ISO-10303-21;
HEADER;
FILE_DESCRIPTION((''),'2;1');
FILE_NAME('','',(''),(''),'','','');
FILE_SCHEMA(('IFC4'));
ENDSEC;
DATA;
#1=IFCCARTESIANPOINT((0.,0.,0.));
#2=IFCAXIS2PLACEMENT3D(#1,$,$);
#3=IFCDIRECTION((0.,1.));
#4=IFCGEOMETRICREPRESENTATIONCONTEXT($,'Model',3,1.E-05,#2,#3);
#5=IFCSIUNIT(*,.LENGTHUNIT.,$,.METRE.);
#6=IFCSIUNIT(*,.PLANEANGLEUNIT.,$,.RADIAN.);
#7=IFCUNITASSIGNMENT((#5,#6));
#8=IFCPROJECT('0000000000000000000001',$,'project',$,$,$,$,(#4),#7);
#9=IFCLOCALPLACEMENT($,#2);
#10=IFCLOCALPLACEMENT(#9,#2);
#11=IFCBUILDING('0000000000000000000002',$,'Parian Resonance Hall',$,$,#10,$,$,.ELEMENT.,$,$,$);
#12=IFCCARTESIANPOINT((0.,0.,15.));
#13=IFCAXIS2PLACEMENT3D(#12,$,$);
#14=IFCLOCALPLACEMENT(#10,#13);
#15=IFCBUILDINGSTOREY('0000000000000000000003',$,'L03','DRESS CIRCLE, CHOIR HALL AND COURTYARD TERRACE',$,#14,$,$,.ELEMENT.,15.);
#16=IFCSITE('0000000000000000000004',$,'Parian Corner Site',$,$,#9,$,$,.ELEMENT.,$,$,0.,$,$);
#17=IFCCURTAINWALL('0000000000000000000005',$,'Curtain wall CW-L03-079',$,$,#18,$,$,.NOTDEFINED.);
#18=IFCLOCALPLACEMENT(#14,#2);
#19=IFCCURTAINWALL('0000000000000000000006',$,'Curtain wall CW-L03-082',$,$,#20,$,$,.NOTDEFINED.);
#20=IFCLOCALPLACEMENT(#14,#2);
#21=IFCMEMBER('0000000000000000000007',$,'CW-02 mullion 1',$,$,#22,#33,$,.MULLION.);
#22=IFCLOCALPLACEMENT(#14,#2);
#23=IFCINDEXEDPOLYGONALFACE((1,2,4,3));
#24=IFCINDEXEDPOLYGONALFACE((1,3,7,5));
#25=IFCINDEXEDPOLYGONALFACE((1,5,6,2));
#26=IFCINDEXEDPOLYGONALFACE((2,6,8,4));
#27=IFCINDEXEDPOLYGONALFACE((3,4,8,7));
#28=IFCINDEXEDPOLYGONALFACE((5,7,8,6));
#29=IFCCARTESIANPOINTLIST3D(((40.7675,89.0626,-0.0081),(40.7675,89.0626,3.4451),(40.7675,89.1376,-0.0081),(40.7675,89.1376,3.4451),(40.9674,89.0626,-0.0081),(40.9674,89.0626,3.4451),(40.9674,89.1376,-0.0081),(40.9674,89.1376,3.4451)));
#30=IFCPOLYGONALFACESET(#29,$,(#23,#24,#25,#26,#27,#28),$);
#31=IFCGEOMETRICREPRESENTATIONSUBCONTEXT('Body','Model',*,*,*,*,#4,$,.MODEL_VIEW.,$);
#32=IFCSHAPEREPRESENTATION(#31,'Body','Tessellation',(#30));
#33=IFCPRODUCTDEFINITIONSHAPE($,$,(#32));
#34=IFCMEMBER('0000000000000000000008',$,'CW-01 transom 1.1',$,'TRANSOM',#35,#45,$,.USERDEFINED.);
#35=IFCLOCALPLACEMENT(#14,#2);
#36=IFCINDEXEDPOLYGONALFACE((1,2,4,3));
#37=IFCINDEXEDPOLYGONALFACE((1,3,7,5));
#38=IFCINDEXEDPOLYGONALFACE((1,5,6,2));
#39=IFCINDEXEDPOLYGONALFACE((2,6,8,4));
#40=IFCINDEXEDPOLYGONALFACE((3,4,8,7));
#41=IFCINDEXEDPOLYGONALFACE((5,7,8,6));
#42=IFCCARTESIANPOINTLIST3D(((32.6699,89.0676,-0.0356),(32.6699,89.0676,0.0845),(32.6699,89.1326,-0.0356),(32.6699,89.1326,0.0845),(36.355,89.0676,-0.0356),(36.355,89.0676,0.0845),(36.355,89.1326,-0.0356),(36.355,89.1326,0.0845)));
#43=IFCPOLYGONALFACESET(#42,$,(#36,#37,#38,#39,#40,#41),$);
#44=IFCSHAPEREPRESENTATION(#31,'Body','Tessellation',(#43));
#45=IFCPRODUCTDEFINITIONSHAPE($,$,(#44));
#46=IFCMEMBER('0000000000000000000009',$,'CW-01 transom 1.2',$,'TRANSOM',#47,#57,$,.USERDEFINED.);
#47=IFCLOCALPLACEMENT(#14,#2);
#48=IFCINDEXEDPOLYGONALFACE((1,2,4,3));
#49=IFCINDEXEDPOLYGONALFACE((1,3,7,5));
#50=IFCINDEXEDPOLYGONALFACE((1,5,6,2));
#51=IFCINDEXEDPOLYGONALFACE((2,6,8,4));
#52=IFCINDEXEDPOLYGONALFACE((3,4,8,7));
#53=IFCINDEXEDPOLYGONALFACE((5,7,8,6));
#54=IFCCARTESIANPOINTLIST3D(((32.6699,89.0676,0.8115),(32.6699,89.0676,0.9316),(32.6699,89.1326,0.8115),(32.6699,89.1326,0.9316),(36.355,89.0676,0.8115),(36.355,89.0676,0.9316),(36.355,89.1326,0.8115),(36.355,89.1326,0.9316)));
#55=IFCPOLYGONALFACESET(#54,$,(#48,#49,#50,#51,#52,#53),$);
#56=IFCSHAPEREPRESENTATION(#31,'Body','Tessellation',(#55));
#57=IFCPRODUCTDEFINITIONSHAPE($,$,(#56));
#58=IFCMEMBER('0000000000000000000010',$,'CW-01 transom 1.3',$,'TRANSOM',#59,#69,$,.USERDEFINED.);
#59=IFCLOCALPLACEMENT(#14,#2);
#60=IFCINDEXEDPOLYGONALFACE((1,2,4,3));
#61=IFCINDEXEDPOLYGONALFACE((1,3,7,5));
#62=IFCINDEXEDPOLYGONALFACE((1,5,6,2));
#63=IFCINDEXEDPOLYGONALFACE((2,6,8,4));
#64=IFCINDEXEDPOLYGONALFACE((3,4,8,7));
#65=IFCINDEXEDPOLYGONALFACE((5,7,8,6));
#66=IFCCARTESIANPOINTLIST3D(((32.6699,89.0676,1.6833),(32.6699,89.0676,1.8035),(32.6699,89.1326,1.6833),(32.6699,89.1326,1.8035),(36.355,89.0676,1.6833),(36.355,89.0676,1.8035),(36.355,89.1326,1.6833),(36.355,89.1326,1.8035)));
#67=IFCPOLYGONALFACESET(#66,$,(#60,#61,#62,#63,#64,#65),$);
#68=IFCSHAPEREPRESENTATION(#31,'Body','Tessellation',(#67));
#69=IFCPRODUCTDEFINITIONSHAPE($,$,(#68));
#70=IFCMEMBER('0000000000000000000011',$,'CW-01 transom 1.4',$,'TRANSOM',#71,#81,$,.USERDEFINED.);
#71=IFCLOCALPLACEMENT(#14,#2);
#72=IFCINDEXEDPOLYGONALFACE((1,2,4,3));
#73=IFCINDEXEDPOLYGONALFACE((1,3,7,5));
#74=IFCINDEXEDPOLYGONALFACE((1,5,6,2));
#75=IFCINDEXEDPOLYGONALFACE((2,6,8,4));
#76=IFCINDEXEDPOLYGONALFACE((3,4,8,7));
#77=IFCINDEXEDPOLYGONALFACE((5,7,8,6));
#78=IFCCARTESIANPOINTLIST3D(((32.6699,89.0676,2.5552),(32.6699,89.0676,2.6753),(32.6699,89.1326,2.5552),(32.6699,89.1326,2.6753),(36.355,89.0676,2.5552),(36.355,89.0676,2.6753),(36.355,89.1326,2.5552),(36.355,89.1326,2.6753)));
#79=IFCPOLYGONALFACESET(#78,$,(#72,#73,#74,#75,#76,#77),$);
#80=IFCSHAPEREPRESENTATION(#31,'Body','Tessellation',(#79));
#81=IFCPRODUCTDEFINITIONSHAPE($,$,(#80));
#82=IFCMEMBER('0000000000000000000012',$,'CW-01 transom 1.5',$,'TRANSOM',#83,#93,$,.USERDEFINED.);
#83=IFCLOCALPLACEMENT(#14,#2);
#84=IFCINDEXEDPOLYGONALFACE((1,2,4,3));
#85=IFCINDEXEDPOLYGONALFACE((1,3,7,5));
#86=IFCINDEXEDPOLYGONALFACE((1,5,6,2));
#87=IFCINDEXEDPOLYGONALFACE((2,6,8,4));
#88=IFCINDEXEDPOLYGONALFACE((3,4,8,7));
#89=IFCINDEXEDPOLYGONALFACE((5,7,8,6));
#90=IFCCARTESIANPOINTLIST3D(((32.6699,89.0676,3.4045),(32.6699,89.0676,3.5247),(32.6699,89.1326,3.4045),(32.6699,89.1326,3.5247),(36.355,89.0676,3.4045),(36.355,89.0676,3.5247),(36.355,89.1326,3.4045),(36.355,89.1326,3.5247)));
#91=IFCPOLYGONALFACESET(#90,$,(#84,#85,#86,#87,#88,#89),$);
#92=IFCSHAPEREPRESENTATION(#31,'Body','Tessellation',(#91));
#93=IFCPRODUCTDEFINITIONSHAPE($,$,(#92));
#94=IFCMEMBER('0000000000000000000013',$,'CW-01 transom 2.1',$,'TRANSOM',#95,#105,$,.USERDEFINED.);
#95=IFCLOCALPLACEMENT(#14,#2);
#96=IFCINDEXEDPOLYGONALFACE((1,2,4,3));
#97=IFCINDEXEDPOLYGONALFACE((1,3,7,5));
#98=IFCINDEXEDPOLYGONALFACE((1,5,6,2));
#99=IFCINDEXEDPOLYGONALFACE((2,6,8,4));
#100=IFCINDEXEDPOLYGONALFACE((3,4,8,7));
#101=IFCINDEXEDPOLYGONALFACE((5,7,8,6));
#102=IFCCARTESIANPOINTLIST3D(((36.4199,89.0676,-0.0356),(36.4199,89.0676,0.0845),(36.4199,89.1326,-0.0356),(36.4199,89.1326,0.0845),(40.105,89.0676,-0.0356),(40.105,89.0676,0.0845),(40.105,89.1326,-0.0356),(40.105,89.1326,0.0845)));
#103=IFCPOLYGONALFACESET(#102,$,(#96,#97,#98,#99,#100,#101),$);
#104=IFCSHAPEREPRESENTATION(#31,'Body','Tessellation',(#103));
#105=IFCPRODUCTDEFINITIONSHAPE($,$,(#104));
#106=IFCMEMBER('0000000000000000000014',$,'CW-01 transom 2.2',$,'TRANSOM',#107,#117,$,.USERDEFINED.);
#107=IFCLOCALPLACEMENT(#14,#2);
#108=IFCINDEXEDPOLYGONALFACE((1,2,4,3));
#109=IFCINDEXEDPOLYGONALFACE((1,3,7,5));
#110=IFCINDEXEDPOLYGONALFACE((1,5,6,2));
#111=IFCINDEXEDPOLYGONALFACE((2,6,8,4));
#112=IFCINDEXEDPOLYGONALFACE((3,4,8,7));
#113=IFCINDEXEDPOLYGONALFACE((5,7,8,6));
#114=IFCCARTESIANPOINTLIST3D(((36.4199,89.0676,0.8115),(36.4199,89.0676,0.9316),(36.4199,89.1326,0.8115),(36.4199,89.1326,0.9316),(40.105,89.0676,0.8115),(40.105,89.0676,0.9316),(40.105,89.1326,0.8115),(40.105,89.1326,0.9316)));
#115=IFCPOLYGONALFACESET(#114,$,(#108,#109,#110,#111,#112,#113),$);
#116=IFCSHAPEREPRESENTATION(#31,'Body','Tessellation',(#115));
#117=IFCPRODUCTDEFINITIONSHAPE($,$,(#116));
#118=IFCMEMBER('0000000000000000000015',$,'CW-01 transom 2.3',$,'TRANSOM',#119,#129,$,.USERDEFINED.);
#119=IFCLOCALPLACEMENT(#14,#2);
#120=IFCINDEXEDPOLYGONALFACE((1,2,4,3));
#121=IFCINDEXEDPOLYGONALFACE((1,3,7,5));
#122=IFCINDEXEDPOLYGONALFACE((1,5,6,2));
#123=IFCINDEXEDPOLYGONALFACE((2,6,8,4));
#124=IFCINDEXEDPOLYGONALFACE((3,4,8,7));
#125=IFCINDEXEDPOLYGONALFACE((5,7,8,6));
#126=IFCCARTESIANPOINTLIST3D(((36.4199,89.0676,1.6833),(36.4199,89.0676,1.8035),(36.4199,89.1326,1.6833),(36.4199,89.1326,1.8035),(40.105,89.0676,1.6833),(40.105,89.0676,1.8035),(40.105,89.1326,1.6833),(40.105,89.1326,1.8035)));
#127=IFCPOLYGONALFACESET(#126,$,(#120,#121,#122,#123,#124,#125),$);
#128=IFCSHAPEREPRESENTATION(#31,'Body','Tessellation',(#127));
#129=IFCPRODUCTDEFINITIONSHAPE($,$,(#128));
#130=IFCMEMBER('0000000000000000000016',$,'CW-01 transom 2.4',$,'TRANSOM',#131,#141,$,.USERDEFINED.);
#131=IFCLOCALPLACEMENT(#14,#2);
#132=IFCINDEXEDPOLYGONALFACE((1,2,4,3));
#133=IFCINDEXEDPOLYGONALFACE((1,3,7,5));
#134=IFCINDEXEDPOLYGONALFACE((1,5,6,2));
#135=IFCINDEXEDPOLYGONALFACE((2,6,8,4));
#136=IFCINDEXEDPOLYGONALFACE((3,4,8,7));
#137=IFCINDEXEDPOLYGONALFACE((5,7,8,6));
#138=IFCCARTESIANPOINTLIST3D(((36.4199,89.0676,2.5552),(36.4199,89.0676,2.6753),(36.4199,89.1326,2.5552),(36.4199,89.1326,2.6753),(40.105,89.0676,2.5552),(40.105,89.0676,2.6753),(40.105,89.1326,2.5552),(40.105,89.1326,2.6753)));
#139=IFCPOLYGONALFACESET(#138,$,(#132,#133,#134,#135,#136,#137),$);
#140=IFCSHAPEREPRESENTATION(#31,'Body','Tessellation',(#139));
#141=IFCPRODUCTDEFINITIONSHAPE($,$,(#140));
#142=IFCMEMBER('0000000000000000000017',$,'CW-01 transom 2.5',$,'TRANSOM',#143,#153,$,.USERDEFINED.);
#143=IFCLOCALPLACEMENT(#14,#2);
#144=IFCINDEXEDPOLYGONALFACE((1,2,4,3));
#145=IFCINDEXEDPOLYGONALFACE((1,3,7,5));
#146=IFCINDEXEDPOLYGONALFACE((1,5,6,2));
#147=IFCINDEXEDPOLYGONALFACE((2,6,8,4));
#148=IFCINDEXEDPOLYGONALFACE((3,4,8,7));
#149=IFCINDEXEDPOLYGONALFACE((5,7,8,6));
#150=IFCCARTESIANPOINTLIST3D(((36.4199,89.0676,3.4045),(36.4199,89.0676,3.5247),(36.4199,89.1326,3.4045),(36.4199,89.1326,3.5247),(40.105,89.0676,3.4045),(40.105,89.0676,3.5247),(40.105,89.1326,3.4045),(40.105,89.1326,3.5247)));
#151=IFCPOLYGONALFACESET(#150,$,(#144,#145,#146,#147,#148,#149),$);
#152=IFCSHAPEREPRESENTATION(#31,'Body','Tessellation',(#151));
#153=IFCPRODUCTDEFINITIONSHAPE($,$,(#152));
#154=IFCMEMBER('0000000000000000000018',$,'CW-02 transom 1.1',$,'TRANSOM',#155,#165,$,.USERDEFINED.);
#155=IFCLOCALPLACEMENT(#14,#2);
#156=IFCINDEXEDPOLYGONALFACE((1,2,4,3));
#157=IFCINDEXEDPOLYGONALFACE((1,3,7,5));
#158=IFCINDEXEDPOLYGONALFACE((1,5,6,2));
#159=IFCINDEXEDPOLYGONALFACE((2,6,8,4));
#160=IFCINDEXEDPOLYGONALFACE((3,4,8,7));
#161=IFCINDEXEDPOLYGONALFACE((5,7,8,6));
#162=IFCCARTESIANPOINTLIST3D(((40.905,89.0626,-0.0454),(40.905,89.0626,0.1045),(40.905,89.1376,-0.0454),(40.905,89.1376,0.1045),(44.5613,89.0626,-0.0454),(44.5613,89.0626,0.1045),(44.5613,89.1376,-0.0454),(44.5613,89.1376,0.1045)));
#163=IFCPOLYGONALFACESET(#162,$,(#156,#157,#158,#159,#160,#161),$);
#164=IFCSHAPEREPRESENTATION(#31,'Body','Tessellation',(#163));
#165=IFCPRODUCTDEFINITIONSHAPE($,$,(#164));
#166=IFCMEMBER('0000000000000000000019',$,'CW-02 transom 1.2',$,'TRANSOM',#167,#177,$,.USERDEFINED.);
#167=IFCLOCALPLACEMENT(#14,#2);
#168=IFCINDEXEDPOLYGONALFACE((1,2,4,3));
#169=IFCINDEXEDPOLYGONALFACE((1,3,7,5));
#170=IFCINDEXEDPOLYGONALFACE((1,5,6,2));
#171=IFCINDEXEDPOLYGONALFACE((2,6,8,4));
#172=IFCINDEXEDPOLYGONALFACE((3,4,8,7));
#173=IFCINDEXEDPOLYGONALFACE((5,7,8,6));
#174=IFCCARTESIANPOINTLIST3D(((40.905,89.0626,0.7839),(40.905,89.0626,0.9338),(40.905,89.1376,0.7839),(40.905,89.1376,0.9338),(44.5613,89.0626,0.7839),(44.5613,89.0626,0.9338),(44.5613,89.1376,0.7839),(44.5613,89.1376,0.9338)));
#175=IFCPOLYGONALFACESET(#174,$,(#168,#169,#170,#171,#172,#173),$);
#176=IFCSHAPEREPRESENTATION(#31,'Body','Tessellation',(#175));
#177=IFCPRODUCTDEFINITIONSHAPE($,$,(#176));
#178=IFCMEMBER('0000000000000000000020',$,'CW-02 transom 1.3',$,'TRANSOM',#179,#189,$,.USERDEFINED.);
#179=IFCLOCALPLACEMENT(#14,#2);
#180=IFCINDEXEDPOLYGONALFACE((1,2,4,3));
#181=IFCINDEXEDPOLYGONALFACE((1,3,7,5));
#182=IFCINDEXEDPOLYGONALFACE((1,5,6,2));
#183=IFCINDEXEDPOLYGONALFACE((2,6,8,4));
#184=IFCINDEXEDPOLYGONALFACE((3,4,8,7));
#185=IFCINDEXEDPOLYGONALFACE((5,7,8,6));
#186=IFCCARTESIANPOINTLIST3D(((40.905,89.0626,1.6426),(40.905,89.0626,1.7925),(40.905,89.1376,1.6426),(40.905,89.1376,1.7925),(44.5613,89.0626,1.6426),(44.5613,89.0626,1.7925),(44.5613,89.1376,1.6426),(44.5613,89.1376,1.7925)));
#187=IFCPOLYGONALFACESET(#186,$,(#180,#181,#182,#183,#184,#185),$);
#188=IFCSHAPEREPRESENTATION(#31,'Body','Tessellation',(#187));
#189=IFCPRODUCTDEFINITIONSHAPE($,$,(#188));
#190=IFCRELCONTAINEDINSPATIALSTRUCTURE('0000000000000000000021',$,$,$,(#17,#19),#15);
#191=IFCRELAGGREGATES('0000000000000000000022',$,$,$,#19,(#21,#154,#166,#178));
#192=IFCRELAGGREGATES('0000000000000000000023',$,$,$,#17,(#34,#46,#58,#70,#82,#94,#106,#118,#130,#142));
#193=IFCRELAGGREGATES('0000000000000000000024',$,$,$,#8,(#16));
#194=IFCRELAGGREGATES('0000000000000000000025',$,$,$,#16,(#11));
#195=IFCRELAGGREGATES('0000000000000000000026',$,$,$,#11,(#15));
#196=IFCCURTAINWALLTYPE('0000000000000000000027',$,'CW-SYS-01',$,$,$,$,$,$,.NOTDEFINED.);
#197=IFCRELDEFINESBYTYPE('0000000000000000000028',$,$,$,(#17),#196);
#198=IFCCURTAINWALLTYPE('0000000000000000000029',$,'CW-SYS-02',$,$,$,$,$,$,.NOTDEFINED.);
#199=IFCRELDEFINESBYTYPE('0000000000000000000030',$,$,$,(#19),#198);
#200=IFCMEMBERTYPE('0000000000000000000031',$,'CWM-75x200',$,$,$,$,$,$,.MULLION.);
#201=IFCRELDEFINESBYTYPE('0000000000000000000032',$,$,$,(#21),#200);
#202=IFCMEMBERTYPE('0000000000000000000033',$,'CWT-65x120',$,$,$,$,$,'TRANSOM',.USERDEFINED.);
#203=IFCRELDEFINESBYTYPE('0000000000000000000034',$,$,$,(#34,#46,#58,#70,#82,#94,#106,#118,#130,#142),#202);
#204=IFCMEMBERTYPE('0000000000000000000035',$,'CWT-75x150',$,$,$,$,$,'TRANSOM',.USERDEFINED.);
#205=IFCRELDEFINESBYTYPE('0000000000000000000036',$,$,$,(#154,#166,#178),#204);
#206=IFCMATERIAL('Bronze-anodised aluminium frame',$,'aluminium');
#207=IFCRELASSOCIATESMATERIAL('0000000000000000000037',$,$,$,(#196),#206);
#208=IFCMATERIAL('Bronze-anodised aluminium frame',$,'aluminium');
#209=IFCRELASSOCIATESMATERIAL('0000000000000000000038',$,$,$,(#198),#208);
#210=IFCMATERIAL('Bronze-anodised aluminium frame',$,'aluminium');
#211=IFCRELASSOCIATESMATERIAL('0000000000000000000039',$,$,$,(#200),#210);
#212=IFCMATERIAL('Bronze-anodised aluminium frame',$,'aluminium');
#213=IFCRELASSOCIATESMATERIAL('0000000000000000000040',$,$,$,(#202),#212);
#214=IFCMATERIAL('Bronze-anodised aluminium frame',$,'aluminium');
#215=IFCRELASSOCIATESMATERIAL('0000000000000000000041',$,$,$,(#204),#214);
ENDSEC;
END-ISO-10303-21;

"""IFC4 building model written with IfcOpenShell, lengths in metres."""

from ifc_helpers import new_model, si_unit, direction, frame, origin, origin_2d, place, context, subcontext, project, spatial, rectangle, extrude, material, material_profile, profile_set, type_object, element, aggregate, save


model = new_model("IFC4")

# Units and contexts
model_context = context("Model", 3, precision=1e-05, world=origin(), true_north=direction((0.0, 1.0)))
body_context = subcontext(model_context, "Body", "Model", "MODEL_VIEW")
ifc_project = project(units=[si_unit("LENGTHUNIT", "METRE"), si_unit("PLANEANGLEUNIT", "RADIAN")], contexts=[model_context])

# Site, building, storey
site_placement = place(None, origin())
site = spatial("IfcSite", under=ifc_project, at=site_placement, Name="Parian Corner Site", CompositionType="ELEMENT", RefElevation=0.0)
building_placement = place(site_placement, origin())
building = spatial("IfcBuilding", under=site, at=building_placement, Name="Parian Resonance Hall", CompositionType="ELEMENT")
storey_placement = place(building_placement, frame((0.0, 0.0, 15.0)))
storey = spatial("IfcBuildingStorey", under=building, at=storey_placement, Name="L03", Description="DRESS CIRCLE, CHOIR HALL AND COURTYARD TERRACE", CompositionType="ELEMENT", Elevation=15.0)

# Curtain wall
ifc_material_1 = material(Name="Bronze-anodised aluminium frame", Category="aluminium")
curtain_wall_type_1 = type_object("IfcCurtainWallType", Name="CW-SYS-01", PredefinedType="NOTDEFINED", material=ifc_material_1)
curtain_wall_1_placement = place(storey_placement, origin())
curtain_wall_1 = element("IfcCurtainWall", 1, at=curtain_wall_1_placement, inside=storey, type_object=curtain_wall_type_1, Name="Curtain wall CW-L03-079", PredefinedType="NOTDEFINED")

# Curtain wall, member
ifc_material_2 = material(Name="Bronze-anodised aluminium frame", Category="aluminium")
curtain_wall_type_2 = type_object("IfcCurtainWallType", Name="CW-SYS-02", PredefinedType="NOTDEFINED", material=ifc_material_2)
curtain_wall_2_placement = place(storey_placement, origin())
curtain_wall_2 = element("IfcCurtainWall", 2, at=curtain_wall_2_placement, inside=storey, type_object=curtain_wall_type_2, Name="Curtain wall CW-L03-082", PredefinedType="NOTDEFINED")
ifc_material_3 = material(Name="Bronze-anodised aluminium frame", Category="aluminium")
ifc_material_profile_1 = material_profile(ifc_material_3, rectangle(XDim=0.075, YDim=0.2, at=origin_2d()), Name="CWM-75x200")
ifc_profile_set_1 = profile_set([ifc_material_profile_1], Name="Bronze-anodised aluminium frame")
member_type_1 = type_object("IfcMemberType", Name="CWM-75x200", PredefinedType="MULLION", material=ifc_profile_set_1)
member_1_placement = place(storey_placement, frame((40.8674, 89.1001, -0.0081), z_axis=(0.0, 0.0, 1.0), x_axis=(0.0, 1.0, 0.0)))
member_1 = element("IfcMember", 3, at=member_1_placement, type_object=member_type_1, Name="CW-02 mullion 1", PredefinedType="MULLION", context=body_context, shape_type="SweptSolid", body=[
    extrude(rectangle(XDim=0.075, YDim=0.2, at=origin_2d()), origin(), (0.0, 0.0, 1.0), 3.4531),
])

# Members
ifc_material_4 = material(Name="Bronze-anodised aluminium frame", Category="aluminium")
ifc_material_profile_2 = material_profile(ifc_material_4, rectangle(XDim=0.0649, YDim=0.1201, at=origin_2d()), Name="CWT-65x120")
ifc_profile_set_2 = profile_set([ifc_material_profile_2], Name="Bronze-anodised aluminium frame")
member_type_2 = type_object("IfcMemberType", Name="CWT-65x120", ElementType="TRANSOM", PredefinedType="USERDEFINED", material=ifc_profile_set_2)
member_2_placement = place(storey_placement, frame((32.6699, 89.1001, 0.0244), z_axis=(1.0, 0.0, 0.0), x_axis=(0.0, 1.0, 0.0)))
member_2 = element("IfcMember", 4, at=member_2_placement, type_object=member_type_2, Name="CW-01 transom 1.1", ObjectType="TRANSOM", PredefinedType="USERDEFINED", context=body_context, shape_type="SweptSolid", body=[
    extrude(rectangle(XDim=0.0649, YDim=0.1201, at=origin_2d()), origin(), (0.0, 0.0, 1.0), 3.6851),
])
member_3_placement = place(storey_placement, frame((32.6699, 89.1001, 0.8716), z_axis=(1.0, 0.0, 0.0), x_axis=(0.0, 1.0, 0.0)))
member_3 = element("IfcMember", 5, at=member_3_placement, type_object=member_type_2, Name="CW-01 transom 1.2", ObjectType="TRANSOM", PredefinedType="USERDEFINED", context=body_context, shape_type="SweptSolid", body=[
    extrude(rectangle(XDim=0.0649, YDim=0.1201, at=origin_2d()), origin(), (0.0, 0.0, 1.0), 3.6851),
])
member_4_placement = place(storey_placement, frame((32.6699, 89.1001, 1.7434), z_axis=(1.0, 0.0, 0.0), x_axis=(0.0, 1.0, 0.0)))
member_4 = element("IfcMember", 6, at=member_4_placement, type_object=member_type_2, Name="CW-01 transom 1.3", ObjectType="TRANSOM", PredefinedType="USERDEFINED", context=body_context, shape_type="SweptSolid", body=[
    extrude(rectangle(XDim=0.0649, YDim=0.1201, at=origin_2d()), origin(), (0.0, 0.0, 1.0), 3.6851),
])
member_5_placement = place(storey_placement, frame((32.6699, 89.1001, 2.6152), z_axis=(1.0, 0.0, 0.0), x_axis=(0.0, 1.0, 0.0)))
member_5 = element("IfcMember", 7, at=member_5_placement, type_object=member_type_2, Name="CW-01 transom 1.4", ObjectType="TRANSOM", PredefinedType="USERDEFINED", context=body_context, shape_type="SweptSolid", body=[
    extrude(rectangle(XDim=0.0649, YDim=0.1201, at=origin_2d()), origin(), (0.0, 0.0, 1.0), 3.6851),
])
member_6_placement = place(storey_placement, frame((32.6699, 89.1001, 3.4646), z_axis=(1.0, 0.0, 0.0), x_axis=(0.0, 1.0, 0.0)))
member_6 = element("IfcMember", 8, at=member_6_placement, type_object=member_type_2, Name="CW-01 transom 1.5", ObjectType="TRANSOM", PredefinedType="USERDEFINED", context=body_context, shape_type="SweptSolid", body=[
    extrude(rectangle(XDim=0.0649, YDim=0.1201, at=origin_2d()), origin(), (0.0, 0.0, 1.0), 3.6851),
])
member_7_placement = place(storey_placement, frame((36.4199, 89.1001, 0.0244), z_axis=(1.0, 0.0, 0.0), x_axis=(0.0, 1.0, 0.0)))
member_7 = element("IfcMember", 9, at=member_7_placement, type_object=member_type_2, Name="CW-01 transom 2.1", ObjectType="TRANSOM", PredefinedType="USERDEFINED", context=body_context, shape_type="SweptSolid", body=[
    extrude(rectangle(XDim=0.0649, YDim=0.1201, at=origin_2d()), origin(), (0.0, 0.0, 1.0), 3.6851),
])
member_8_placement = place(storey_placement, frame((36.4199, 89.1001, 0.8716), z_axis=(1.0, 0.0, 0.0), x_axis=(0.0, 1.0, 0.0)))
member_8 = element("IfcMember", 10, at=member_8_placement, type_object=member_type_2, Name="CW-01 transom 2.2", ObjectType="TRANSOM", PredefinedType="USERDEFINED", context=body_context, shape_type="SweptSolid", body=[
    extrude(rectangle(XDim=0.0649, YDim=0.1201, at=origin_2d()), origin(), (0.0, 0.0, 1.0), 3.6851),
])
member_9_placement = place(storey_placement, frame((36.4199, 89.1001, 1.7434), z_axis=(1.0, 0.0, 0.0), x_axis=(0.0, 1.0, 0.0)))
member_9 = element("IfcMember", 11, at=member_9_placement, type_object=member_type_2, Name="CW-01 transom 2.3", ObjectType="TRANSOM", PredefinedType="USERDEFINED", context=body_context, shape_type="SweptSolid", body=[
    extrude(rectangle(XDim=0.0649, YDim=0.1201, at=origin_2d()), origin(), (0.0, 0.0, 1.0), 3.6851),
])
member_10_placement = place(storey_placement, frame((36.4199, 89.1001, 2.6152), z_axis=(1.0, 0.0, 0.0), x_axis=(0.0, 1.0, 0.0)))
member_10 = element("IfcMember", 12, at=member_10_placement, type_object=member_type_2, Name="CW-01 transom 2.4", ObjectType="TRANSOM", PredefinedType="USERDEFINED", context=body_context, shape_type="SweptSolid", body=[
    extrude(rectangle(XDim=0.0649, YDim=0.1201, at=origin_2d()), origin(), (0.0, 0.0, 1.0), 3.6851),
])
member_11_placement = place(storey_placement, frame((36.4199, 89.1001, 3.4646), z_axis=(1.0, 0.0, 0.0), x_axis=(0.0, 1.0, 0.0)))
member_11 = element("IfcMember", 13, at=member_11_placement, type_object=member_type_2, Name="CW-01 transom 2.5", ObjectType="TRANSOM", PredefinedType="USERDEFINED", context=body_context, shape_type="SweptSolid", body=[
    extrude(rectangle(XDim=0.0649, YDim=0.1201, at=origin_2d()), origin(), (0.0, 0.0, 1.0), 3.6851),
])
ifc_material_5 = material(Name="Bronze-anodised aluminium frame", Category="aluminium")
ifc_material_profile_3 = material_profile(ifc_material_5, rectangle(XDim=0.075, YDim=0.1499, at=origin_2d()), Name="CWT-75x150")
ifc_profile_set_3 = profile_set([ifc_material_profile_3], Name="Bronze-anodised aluminium frame")
member_type_3 = type_object("IfcMemberType", Name="CWT-75x150", ElementType="TRANSOM", PredefinedType="USERDEFINED", material=ifc_profile_set_3)
member_12_placement = place(storey_placement, frame((40.905, 89.1001, 0.0295), z_axis=(1.0, 0.0, 0.0), x_axis=(0.0, 1.0, 0.0)))
member_12 = element("IfcMember", 14, at=member_12_placement, type_object=member_type_3, Name="CW-02 transom 1.1", ObjectType="TRANSOM", PredefinedType="USERDEFINED", context=body_context, shape_type="SweptSolid", body=[
    extrude(rectangle(XDim=0.075, YDim=0.1499, at=origin_2d()), origin(), (0.0, 0.0, 1.0), 3.6562),
])
member_13_placement = place(storey_placement, frame((40.905, 89.1001, 0.8589), z_axis=(1.0, 0.0, 0.0), x_axis=(0.0, 1.0, 0.0)))
member_13 = element("IfcMember", 15, at=member_13_placement, type_object=member_type_3, Name="CW-02 transom 1.2", ObjectType="TRANSOM", PredefinedType="USERDEFINED", context=body_context, shape_type="SweptSolid", body=[
    extrude(rectangle(XDim=0.075, YDim=0.1499, at=origin_2d()), origin(), (0.0, 0.0, 1.0), 3.6562),
])
member_14_placement = place(storey_placement, frame((40.905, 89.1001, 1.7175), z_axis=(1.0, 0.0, 0.0), x_axis=(0.0, 1.0, 0.0)))
member_14 = element("IfcMember", 16, at=member_14_placement, type_object=member_type_3, Name="CW-02 transom 1.3", ObjectType="TRANSOM", PredefinedType="USERDEFINED", context=body_context, shape_type="SweptSolid", body=[
    extrude(rectangle(XDim=0.075, YDim=0.1499, at=origin_2d()), origin(), (0.0, 0.0, 1.0), 3.6562),
])
aggregate(curtain_wall_2, [member_1, member_12, member_13, member_14])

aggregate(curtain_wall_1, [member_2, member_3, member_4, member_5, member_6, member_7, member_8, member_9, member_10, member_11])

save(model, "model.ifc")
